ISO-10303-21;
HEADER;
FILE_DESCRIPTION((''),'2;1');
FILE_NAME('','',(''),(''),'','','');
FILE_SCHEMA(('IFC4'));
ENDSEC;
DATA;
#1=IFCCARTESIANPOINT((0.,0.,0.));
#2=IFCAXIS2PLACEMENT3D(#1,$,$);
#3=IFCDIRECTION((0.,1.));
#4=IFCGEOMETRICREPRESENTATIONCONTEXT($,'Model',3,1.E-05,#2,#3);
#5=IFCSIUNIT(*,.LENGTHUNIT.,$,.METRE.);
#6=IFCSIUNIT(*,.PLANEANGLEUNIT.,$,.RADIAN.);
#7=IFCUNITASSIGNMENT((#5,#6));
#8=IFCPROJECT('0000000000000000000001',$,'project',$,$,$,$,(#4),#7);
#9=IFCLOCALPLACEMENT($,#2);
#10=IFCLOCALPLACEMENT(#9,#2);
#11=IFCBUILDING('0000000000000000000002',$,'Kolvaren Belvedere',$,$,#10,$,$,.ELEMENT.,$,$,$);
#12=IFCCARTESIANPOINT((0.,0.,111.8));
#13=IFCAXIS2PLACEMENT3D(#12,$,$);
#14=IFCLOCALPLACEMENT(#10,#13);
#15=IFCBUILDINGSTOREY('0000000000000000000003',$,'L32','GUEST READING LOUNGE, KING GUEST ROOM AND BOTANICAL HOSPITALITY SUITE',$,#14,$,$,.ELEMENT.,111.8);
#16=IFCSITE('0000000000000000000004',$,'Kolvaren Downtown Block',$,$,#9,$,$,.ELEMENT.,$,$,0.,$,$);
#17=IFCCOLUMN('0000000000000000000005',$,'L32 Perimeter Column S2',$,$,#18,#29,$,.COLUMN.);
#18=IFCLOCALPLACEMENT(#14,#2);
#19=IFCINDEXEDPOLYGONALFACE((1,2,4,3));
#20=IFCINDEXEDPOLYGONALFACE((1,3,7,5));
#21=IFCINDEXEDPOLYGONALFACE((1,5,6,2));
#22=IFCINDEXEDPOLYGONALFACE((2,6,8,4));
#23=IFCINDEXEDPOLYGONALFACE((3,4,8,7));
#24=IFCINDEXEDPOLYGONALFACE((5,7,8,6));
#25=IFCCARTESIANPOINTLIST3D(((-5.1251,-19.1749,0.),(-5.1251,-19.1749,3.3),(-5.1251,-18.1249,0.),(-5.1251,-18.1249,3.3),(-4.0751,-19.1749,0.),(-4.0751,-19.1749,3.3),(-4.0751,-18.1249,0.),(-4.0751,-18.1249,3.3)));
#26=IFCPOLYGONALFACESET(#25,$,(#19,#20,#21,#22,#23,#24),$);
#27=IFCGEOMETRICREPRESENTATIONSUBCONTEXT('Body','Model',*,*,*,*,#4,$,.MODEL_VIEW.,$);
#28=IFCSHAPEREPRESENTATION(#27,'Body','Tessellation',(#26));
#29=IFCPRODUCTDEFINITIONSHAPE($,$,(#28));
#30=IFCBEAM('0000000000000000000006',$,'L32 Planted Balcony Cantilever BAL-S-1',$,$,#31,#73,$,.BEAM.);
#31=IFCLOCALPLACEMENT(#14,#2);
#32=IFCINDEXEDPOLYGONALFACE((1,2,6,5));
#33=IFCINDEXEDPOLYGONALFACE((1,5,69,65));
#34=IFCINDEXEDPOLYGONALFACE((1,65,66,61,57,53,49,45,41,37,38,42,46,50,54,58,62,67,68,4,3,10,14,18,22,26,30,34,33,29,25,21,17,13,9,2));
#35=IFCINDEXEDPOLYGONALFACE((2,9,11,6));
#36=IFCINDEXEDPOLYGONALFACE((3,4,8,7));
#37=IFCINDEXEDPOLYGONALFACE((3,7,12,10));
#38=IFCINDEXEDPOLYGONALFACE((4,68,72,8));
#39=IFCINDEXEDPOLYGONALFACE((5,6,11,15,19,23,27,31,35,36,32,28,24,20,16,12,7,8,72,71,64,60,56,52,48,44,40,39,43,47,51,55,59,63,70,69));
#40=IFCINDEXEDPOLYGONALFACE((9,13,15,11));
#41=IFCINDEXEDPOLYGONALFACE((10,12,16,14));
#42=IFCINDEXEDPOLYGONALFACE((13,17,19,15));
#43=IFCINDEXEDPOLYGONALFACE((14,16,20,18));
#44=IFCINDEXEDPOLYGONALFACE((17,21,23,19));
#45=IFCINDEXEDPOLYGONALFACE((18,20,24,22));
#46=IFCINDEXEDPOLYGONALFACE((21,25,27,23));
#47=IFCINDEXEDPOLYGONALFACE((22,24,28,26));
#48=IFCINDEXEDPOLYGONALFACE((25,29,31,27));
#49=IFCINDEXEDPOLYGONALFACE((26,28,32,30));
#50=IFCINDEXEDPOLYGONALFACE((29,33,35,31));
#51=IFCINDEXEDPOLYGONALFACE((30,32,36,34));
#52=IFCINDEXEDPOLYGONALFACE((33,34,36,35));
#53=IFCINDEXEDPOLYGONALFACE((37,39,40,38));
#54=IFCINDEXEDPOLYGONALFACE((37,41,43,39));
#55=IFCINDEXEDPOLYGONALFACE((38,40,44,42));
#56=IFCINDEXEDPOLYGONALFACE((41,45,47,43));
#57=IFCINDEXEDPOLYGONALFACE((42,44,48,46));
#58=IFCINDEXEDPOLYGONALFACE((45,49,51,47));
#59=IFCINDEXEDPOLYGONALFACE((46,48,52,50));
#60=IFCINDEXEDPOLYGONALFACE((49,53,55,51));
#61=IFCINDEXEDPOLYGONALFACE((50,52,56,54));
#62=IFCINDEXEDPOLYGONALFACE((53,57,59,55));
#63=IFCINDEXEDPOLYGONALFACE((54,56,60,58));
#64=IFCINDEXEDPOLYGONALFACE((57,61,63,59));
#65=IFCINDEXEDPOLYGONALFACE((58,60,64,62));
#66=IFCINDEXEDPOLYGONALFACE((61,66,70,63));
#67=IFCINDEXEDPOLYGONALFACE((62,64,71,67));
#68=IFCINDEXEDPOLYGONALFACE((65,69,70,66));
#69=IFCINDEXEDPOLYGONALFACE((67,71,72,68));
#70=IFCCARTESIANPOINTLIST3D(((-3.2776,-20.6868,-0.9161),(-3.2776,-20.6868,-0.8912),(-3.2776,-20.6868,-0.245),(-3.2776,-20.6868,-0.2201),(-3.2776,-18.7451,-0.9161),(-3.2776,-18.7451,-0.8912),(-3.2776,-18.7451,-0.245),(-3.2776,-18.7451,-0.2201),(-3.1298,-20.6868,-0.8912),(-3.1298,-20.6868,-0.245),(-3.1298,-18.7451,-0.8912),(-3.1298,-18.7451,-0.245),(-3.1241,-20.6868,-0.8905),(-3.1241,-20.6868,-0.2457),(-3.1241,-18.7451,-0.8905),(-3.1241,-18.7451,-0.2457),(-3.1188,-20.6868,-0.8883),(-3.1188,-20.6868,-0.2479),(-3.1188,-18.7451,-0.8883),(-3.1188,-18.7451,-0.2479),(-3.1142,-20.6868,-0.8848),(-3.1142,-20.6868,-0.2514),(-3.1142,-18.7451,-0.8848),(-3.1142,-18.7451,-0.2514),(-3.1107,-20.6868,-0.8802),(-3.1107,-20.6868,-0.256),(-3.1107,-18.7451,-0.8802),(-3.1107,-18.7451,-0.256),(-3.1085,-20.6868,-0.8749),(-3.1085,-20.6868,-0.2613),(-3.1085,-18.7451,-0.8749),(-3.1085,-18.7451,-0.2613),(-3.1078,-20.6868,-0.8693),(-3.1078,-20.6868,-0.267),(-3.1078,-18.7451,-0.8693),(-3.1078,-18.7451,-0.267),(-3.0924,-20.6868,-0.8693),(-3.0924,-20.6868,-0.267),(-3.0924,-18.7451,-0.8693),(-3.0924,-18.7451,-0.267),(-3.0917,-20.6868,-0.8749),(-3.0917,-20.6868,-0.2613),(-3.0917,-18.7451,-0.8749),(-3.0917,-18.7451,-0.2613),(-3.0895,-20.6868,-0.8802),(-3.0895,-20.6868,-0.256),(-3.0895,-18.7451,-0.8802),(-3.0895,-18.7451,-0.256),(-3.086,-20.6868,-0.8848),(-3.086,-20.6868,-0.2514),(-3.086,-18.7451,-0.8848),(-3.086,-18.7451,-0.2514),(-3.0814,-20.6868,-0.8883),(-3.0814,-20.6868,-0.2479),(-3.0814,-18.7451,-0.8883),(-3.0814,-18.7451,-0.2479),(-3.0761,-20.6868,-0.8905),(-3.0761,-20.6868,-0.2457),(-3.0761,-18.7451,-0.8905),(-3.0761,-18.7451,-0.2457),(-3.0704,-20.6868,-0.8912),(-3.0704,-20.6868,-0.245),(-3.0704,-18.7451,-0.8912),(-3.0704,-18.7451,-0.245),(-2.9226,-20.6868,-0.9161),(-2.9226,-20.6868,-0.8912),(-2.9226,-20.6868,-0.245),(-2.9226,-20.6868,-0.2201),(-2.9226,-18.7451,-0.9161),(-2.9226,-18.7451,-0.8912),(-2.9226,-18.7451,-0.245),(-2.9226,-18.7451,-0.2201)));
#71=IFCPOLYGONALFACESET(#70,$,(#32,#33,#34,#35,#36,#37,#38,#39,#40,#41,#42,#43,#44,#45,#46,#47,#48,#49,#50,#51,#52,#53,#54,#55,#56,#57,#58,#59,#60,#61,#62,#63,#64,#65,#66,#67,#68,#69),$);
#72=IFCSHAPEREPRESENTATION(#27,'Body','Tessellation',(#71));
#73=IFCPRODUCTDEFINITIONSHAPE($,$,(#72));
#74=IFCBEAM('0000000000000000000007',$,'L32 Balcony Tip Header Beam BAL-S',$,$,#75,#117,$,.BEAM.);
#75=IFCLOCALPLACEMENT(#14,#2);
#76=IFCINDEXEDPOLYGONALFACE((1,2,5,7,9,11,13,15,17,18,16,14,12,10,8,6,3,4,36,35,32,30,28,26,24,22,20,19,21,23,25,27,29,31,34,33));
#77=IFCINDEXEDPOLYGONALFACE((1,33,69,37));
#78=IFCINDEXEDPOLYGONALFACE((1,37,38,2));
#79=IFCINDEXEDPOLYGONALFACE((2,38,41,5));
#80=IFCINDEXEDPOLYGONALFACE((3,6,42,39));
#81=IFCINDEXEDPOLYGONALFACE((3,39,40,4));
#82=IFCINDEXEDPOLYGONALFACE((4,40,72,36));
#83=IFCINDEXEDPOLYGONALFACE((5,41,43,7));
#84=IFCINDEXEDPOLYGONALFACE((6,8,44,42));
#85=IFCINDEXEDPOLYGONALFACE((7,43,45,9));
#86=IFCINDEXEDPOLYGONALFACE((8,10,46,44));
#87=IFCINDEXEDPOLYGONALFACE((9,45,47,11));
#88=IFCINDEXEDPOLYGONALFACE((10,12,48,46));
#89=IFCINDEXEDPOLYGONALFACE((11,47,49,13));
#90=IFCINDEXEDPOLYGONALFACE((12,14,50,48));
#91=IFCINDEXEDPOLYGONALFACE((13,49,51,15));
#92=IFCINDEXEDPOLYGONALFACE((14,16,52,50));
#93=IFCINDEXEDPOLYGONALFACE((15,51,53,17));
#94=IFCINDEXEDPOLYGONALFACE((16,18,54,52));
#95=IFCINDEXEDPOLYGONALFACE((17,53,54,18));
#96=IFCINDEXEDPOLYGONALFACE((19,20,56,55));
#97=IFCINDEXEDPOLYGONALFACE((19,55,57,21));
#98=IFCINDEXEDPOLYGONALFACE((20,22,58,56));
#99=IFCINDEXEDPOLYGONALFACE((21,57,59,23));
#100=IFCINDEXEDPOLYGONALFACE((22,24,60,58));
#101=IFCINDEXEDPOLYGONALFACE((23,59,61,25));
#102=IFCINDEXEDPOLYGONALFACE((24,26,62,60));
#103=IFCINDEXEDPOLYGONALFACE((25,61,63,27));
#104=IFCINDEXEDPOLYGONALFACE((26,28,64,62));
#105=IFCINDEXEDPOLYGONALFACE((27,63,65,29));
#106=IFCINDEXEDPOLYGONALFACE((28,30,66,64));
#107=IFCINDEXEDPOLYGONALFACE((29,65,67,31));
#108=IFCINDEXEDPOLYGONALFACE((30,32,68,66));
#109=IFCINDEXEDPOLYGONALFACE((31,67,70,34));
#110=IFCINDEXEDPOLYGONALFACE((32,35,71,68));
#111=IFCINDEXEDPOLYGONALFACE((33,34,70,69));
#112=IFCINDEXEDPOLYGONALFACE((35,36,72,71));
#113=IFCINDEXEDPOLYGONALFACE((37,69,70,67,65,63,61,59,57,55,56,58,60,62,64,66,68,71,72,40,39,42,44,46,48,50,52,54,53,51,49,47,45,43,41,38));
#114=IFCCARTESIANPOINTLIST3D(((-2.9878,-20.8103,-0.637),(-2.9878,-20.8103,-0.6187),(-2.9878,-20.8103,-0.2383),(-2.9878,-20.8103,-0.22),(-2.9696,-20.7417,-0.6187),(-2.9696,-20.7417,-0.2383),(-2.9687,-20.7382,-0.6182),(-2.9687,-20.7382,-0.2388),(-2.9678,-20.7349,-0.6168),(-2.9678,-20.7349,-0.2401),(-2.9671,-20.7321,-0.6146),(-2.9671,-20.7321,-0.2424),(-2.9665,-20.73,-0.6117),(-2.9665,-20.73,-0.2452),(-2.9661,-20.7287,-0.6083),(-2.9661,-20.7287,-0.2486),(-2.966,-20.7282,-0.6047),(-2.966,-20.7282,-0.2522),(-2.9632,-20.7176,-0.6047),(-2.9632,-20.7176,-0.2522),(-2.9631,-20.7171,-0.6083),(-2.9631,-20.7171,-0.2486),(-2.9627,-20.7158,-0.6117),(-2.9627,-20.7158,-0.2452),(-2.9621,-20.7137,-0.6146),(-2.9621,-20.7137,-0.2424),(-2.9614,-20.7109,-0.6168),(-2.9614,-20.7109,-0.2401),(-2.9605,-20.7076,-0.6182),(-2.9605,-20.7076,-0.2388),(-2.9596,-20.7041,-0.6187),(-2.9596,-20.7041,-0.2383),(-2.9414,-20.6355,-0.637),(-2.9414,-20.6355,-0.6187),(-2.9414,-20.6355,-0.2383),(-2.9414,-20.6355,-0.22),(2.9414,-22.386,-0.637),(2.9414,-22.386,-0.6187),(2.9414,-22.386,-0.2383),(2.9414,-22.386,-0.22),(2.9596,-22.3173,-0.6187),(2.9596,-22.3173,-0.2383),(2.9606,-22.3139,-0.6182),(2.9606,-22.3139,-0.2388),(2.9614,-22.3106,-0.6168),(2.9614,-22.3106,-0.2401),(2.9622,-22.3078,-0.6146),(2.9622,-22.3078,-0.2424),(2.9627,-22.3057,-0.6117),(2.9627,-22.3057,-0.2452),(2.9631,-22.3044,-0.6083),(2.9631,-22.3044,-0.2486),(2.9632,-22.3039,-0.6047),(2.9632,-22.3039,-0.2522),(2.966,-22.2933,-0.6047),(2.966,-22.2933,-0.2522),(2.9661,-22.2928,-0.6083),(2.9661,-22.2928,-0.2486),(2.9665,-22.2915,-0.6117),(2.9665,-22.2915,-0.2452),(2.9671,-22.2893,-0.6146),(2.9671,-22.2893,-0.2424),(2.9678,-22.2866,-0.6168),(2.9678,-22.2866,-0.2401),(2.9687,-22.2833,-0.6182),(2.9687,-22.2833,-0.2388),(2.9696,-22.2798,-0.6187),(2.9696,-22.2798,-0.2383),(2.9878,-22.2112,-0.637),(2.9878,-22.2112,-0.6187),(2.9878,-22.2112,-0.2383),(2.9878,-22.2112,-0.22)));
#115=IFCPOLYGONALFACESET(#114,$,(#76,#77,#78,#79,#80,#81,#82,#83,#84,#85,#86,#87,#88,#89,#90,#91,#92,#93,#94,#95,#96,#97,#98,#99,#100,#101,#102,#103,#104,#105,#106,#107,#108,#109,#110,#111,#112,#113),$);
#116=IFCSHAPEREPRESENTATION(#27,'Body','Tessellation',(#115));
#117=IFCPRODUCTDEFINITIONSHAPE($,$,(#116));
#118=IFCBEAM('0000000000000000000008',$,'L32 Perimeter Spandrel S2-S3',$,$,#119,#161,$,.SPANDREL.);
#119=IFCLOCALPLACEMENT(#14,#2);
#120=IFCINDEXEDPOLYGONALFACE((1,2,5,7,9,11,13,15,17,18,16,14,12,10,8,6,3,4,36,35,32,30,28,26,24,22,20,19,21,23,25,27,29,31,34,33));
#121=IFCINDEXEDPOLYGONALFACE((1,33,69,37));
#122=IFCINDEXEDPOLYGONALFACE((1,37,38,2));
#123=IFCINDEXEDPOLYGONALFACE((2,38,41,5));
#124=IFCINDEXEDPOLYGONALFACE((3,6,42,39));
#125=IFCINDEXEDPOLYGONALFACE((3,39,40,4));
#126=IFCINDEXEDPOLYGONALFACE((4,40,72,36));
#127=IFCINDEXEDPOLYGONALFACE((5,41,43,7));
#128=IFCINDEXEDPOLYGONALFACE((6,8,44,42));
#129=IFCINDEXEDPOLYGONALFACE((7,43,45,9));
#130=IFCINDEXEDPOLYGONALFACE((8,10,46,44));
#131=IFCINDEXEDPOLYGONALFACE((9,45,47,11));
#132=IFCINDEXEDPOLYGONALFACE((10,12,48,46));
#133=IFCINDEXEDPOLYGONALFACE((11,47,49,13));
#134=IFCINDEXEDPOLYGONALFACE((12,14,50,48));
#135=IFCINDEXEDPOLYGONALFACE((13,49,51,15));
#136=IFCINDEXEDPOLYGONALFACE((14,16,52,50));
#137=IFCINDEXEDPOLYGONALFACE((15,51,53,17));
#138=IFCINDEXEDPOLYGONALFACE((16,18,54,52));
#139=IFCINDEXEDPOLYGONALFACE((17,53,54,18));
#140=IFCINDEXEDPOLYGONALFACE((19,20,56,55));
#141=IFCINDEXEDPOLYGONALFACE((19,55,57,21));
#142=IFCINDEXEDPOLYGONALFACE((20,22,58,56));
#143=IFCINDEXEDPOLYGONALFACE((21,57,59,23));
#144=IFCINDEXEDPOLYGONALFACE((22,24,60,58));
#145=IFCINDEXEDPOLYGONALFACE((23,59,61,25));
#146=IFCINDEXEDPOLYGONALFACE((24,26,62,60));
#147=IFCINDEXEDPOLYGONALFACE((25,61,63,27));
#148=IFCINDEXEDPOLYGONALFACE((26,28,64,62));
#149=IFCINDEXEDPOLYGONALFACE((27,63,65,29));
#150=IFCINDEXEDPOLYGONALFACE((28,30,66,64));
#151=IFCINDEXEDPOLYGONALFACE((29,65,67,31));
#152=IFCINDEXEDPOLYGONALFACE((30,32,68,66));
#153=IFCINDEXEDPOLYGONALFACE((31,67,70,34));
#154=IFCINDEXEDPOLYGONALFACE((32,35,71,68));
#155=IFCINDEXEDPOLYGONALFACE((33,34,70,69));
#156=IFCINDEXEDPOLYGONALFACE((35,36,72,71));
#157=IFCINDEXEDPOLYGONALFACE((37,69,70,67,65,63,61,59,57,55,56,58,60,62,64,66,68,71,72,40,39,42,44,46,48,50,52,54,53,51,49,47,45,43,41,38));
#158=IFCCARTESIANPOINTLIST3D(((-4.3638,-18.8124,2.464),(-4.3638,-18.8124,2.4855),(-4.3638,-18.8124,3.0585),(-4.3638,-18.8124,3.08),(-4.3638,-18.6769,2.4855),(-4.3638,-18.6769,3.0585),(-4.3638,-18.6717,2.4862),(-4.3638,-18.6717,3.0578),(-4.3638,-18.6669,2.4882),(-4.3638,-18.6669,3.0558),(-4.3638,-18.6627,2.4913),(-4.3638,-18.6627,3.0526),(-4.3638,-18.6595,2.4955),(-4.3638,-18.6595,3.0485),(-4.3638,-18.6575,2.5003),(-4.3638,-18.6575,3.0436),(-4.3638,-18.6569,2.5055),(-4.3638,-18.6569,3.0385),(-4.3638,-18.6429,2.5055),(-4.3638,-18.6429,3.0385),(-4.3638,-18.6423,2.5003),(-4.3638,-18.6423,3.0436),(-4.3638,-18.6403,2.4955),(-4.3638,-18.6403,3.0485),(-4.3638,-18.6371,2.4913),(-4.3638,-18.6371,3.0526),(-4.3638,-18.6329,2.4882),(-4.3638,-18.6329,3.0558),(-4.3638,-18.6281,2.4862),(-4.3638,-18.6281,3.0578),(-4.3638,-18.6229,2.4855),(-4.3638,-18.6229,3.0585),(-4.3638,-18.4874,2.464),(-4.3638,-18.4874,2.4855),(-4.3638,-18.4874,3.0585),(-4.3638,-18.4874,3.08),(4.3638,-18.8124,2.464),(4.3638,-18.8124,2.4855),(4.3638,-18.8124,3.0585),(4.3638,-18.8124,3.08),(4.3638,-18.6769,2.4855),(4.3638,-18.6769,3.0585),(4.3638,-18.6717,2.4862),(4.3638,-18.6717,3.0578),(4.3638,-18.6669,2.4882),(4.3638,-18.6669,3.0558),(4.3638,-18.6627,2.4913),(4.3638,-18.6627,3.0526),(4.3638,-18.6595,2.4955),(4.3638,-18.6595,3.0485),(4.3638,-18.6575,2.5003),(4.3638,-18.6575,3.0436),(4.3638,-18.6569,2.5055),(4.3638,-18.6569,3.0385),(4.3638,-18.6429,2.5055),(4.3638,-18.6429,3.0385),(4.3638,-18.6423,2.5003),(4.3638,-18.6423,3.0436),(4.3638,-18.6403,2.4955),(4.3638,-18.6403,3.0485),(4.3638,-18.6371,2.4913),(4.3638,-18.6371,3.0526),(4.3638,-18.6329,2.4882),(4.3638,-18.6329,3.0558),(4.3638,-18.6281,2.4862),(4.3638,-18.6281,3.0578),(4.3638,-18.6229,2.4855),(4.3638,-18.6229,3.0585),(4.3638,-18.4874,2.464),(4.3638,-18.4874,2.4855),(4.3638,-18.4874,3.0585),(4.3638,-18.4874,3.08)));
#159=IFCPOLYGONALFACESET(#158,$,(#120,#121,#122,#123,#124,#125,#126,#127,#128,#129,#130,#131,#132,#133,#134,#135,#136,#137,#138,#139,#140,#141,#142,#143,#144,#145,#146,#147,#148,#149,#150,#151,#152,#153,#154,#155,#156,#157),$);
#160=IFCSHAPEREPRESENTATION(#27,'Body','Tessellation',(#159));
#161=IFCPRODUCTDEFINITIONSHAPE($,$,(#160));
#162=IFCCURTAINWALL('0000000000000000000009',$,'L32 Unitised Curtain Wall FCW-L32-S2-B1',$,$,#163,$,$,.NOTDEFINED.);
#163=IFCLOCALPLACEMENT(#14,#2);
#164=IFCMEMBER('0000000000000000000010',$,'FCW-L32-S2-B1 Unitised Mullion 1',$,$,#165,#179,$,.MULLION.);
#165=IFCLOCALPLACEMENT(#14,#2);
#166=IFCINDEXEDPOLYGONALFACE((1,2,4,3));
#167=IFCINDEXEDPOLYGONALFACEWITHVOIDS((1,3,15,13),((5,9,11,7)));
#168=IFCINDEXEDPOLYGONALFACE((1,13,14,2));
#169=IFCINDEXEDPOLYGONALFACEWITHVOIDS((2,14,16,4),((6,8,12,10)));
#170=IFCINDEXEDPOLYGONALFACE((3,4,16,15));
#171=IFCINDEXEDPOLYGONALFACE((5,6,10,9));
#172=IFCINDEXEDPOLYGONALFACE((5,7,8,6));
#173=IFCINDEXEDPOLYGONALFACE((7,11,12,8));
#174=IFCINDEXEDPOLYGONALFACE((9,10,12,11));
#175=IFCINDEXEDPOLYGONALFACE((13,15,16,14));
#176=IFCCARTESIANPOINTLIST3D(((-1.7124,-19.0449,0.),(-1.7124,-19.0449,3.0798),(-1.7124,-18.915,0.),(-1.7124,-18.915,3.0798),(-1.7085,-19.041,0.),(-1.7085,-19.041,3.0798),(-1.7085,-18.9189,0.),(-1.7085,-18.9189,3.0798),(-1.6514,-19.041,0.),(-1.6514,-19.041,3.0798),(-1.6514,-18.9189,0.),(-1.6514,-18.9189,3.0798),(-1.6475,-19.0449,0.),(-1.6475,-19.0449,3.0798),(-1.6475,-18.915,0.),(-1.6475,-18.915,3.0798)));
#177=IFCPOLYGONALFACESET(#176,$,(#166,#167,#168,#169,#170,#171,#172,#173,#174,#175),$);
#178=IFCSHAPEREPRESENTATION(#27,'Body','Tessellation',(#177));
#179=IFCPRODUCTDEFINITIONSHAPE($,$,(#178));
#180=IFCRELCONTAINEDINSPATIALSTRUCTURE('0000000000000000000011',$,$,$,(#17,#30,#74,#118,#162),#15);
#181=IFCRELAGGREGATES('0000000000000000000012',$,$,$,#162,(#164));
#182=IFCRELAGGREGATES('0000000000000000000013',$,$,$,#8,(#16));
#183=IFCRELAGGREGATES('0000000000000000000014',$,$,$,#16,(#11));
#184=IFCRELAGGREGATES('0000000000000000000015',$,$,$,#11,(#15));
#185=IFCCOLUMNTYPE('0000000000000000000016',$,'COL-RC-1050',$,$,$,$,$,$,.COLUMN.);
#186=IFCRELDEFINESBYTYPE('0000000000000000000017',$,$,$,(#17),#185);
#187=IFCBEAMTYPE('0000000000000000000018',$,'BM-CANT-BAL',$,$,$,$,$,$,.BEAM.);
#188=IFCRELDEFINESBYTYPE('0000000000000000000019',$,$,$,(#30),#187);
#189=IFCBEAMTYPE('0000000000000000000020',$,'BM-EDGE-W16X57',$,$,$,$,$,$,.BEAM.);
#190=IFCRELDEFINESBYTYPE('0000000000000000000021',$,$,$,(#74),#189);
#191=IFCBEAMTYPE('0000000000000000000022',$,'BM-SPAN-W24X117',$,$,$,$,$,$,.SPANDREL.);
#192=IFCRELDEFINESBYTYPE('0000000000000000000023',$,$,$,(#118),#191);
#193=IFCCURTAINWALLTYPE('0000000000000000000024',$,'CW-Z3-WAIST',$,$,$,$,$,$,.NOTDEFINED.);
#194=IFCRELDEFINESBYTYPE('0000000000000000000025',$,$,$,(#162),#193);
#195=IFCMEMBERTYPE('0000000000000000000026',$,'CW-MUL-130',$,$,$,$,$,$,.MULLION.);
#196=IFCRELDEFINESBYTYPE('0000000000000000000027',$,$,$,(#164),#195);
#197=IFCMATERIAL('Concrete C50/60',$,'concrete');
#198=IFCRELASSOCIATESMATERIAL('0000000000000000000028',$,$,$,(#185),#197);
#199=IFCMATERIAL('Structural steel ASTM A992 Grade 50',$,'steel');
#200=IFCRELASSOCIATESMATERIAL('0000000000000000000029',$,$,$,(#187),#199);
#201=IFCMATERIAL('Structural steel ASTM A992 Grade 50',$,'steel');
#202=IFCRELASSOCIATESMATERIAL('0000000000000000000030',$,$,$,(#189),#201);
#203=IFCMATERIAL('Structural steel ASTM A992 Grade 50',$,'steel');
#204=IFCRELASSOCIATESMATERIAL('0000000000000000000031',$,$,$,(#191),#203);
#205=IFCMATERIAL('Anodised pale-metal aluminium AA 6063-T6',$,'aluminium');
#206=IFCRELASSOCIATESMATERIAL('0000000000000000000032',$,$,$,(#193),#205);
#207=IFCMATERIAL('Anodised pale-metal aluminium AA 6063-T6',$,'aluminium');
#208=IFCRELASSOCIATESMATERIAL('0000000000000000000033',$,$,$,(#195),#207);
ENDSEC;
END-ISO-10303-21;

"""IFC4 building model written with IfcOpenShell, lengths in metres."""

from ifc_helpers import new_model, si_unit, direction, frame, origin, origin_2d, place, context, subcontext, project, spatial, rectangle, hollow_rectangle, i_section, extrude, material, material_profile, profile_set, type_object, element, aggregate, save


model = new_model("IFC4")

# Units and contexts
model_context = context("Model", 3, precision=1e-05, world=origin(), true_north=direction((0.0, 1.0)))
body_context = subcontext(model_context, "Body", "Model", "MODEL_VIEW")
ifc_project = project(units=[si_unit("LENGTHUNIT", "METRE"), si_unit("PLANEANGLEUNIT", "RADIAN")], contexts=[model_context])

# Site, building, storey
site_placement = place(None, origin())
site = spatial("IfcSite", under=ifc_project, at=site_placement, Name="Kolvaren Downtown Block", CompositionType="ELEMENT", RefElevation=0.0)
building_placement = place(site_placement, origin())
building = spatial("IfcBuilding", under=site, at=building_placement, Name="Kolvaren Belvedere", CompositionType="ELEMENT")
storey_placement = place(building_placement, frame((0.0, 0.0, 111.8)))
storey = spatial("IfcBuildingStorey", under=building, at=storey_placement, Name="L32", Description="GUEST READING LOUNGE, KING GUEST ROOM AND BOTANICAL HOSPITALITY SUITE", CompositionType="ELEMENT", Elevation=111.8)

# Column
ifc_material_1 = material(Name="Concrete C50/60", Category="concrete")
ifc_material_profile_1 = material_profile(ifc_material_1, rectangle(XDim=1.05, YDim=1.05, at=origin_2d()), Name="RC 1050X1050")
ifc_profile_set_1 = profile_set([ifc_material_profile_1], Name="Concrete C50/60")
column_type = type_object("IfcColumnType", Name="COL-RC-1050", PredefinedType="COLUMN", material=ifc_profile_set_1)
column_placement = place(storey_placement, frame((-4.6001, -18.6499, 0.0), z_axis=(0.0, 0.0, 1.0), x_axis=(1.0, 0.0, 0.0)))
element("IfcColumn", 1, at=column_placement, inside=storey, type_object=column_type, Name="L32 Perimeter Column S2", PredefinedType="COLUMN", context=body_context, shape_type="SweptSolid", body=[
    extrude(rectangle(XDim=1.05, YDim=1.05, at=origin_2d()), origin(), (0.0, 0.0, 1.0), 3.3),
])

# Beams
ifc_material_2 = material(Name="Structural steel ASTM A992 Grade 50", Category="steel")
ifc_material_profile_2 = material_profile(ifc_material_2, i_section(OverallWidth=0.355, OverallDepth=0.696, WebThickness=0.0154, FlangeThickness=0.0249, FilletRadius=0.022, at=origin_2d()), Name="W27X146")
ifc_profile_set_2 = profile_set([ifc_material_profile_2], Name="Structural steel ASTM A992 Grade 50")
beam_type_1 = type_object("IfcBeamType", Name="BM-CANT-BAL", PredefinedType="BEAM", material=ifc_profile_set_2)
beam_1_placement = place(storey_placement, frame((-3.1001, -18.7451, -0.5681), z_axis=(0.0, -1.0, 0.0), x_axis=(1.0, 0.0, 0.0)))
element("IfcBeam", 2, at=beam_1_placement, inside=storey, type_object=beam_type_1, Name="L32 Planted Balcony Cantilever BAL-S-1", PredefinedType="BEAM", context=body_context, shape_type="SweptSolid", body=[
    extrude(i_section(OverallWidth=0.355, OverallDepth=0.696, WebThickness=0.0154, FlangeThickness=0.0249, FilletRadius=0.022, at=origin_2d()), origin(), (0.0, 0.0, 1.0), 1.9417),
])
ifc_material_3 = material(Name="Structural steel ASTM A992 Grade 50", Category="steel")
ifc_material_profile_3 = material_profile(ifc_material_3, i_section(OverallWidth=0.1809, OverallDepth=0.417, WebThickness=0.011, FlangeThickness=0.0183, FilletRadius=0.0139, at=origin_2d()), Name="W16X57")
ifc_profile_set_3 = profile_set([ifc_material_profile_3], Name="Structural steel ASTM A992 Grade 50")
beam_type_2 = type_object("IfcBeamType", Name="BM-EDGE-W16X57", PredefinedType="BEAM", material=ifc_profile_set_3)
beam_2_placement = place(storey_placement, frame((-2.9646, -20.7229, -0.4285), z_axis=(0.966455, -0.256835, 0.0), x_axis=(0.256835, 0.966455, 0.0)))
element("IfcBeam", 3, at=beam_2_placement, inside=storey, type_object=beam_type_2, Name="L32 Balcony Tip Header Beam BAL-S", PredefinedType="BEAM", context=body_context, shape_type="SweptSolid", body=[
    extrude(i_section(OverallWidth=0.1809, OverallDepth=0.417, WebThickness=0.011, FlangeThickness=0.0183, FilletRadius=0.0139, at=origin_2d()), origin(), (0.0, 0.0, 1.0), 6.135),
])
ifc_material_4 = material(Name="Structural steel ASTM A992 Grade 50", Category="steel")
ifc_material_profile_4 = material_profile(ifc_material_4, i_section(OverallWidth=0.325, OverallDepth=0.616, WebThickness=0.0139, FlangeThickness=0.0215, FilletRadius=0.02, at=origin_2d()), Name="W24X117")
ifc_profile_set_4 = profile_set([ifc_material_profile_4], Name="Structural steel ASTM A992 Grade 50")
beam_type_3 = type_object("IfcBeamType", Name="BM-SPAN-W24X117", PredefinedType="SPANDREL", material=ifc_profile_set_4)
beam_3_placement = place(storey_placement, frame((-4.3638, -18.6499, 2.772), z_axis=(1.0, 0.0, 0.0), x_axis=(0.0, 1.0, 0.0)))
element("IfcBeam", 4, at=beam_3_placement, inside=storey, type_object=beam_type_3, Name="L32 Perimeter Spandrel S2-S3", PredefinedType="SPANDREL", context=body_context, shape_type="SweptSolid", body=[
    extrude(i_section(OverallWidth=0.325, OverallDepth=0.616, WebThickness=0.0139, FlangeThickness=0.0215, FilletRadius=0.02, at=origin_2d()), origin(), (0.0, 0.0, 1.0), 8.7275),
])

# Curtain wall, member
ifc_material_5 = material(Name="Anodised pale-metal aluminium AA 6063-T6", Category="aluminium")
curtain_wall_type = type_object("IfcCurtainWallType", Name="CW-Z3-WAIST", PredefinedType="NOTDEFINED", material=ifc_material_5)
curtain_wall_1_placement = place(storey_placement, origin())
curtain_wall_1 = element("IfcCurtainWall", 5, at=curtain_wall_1_placement, inside=storey, type_object=curtain_wall_type, Name="L32 Unitised Curtain Wall FCW-L32-S2-B1", PredefinedType="NOTDEFINED")
ifc_material_6 = material(Name="Anodised pale-metal aluminium AA 6063-T6", Category="aluminium")
ifc_material_profile_5 = material_profile(ifc_material_6, hollow_rectangle(XDim=0.0649, YDim=0.1299, WallThickness=0.0039, at=origin_2d()), Name="ALU-MUL-130X65")
ifc_profile_set_5 = profile_set([ifc_material_profile_5], Name="Anodised pale-metal aluminium AA 6063-T6")
member_type_1 = type_object("IfcMemberType", Name="CW-MUL-130", PredefinedType="MULLION", material=ifc_profile_set_5)
member_1_placement = place(storey_placement, frame((-1.6799, -18.98, 0.0), z_axis=(0.0, 0.0, 1.0), x_axis=(1.0, 0.0, 0.0)))
member_1 = element("IfcMember", 6, at=member_1_placement, type_object=member_type_1, Name="FCW-L32-S2-B1 Unitised Mullion 1", PredefinedType="MULLION", context=body_context, shape_type="SweptSolid", body=[
    extrude(hollow_rectangle(XDim=0.0649, YDim=0.1299, WallThickness=0.0039, at=origin_2d()), origin(), (0.0, 0.0, 1.0), 3.0798),
])

aggregate(curtain_wall_1, [member_1])

save(model, "model.ifc")
